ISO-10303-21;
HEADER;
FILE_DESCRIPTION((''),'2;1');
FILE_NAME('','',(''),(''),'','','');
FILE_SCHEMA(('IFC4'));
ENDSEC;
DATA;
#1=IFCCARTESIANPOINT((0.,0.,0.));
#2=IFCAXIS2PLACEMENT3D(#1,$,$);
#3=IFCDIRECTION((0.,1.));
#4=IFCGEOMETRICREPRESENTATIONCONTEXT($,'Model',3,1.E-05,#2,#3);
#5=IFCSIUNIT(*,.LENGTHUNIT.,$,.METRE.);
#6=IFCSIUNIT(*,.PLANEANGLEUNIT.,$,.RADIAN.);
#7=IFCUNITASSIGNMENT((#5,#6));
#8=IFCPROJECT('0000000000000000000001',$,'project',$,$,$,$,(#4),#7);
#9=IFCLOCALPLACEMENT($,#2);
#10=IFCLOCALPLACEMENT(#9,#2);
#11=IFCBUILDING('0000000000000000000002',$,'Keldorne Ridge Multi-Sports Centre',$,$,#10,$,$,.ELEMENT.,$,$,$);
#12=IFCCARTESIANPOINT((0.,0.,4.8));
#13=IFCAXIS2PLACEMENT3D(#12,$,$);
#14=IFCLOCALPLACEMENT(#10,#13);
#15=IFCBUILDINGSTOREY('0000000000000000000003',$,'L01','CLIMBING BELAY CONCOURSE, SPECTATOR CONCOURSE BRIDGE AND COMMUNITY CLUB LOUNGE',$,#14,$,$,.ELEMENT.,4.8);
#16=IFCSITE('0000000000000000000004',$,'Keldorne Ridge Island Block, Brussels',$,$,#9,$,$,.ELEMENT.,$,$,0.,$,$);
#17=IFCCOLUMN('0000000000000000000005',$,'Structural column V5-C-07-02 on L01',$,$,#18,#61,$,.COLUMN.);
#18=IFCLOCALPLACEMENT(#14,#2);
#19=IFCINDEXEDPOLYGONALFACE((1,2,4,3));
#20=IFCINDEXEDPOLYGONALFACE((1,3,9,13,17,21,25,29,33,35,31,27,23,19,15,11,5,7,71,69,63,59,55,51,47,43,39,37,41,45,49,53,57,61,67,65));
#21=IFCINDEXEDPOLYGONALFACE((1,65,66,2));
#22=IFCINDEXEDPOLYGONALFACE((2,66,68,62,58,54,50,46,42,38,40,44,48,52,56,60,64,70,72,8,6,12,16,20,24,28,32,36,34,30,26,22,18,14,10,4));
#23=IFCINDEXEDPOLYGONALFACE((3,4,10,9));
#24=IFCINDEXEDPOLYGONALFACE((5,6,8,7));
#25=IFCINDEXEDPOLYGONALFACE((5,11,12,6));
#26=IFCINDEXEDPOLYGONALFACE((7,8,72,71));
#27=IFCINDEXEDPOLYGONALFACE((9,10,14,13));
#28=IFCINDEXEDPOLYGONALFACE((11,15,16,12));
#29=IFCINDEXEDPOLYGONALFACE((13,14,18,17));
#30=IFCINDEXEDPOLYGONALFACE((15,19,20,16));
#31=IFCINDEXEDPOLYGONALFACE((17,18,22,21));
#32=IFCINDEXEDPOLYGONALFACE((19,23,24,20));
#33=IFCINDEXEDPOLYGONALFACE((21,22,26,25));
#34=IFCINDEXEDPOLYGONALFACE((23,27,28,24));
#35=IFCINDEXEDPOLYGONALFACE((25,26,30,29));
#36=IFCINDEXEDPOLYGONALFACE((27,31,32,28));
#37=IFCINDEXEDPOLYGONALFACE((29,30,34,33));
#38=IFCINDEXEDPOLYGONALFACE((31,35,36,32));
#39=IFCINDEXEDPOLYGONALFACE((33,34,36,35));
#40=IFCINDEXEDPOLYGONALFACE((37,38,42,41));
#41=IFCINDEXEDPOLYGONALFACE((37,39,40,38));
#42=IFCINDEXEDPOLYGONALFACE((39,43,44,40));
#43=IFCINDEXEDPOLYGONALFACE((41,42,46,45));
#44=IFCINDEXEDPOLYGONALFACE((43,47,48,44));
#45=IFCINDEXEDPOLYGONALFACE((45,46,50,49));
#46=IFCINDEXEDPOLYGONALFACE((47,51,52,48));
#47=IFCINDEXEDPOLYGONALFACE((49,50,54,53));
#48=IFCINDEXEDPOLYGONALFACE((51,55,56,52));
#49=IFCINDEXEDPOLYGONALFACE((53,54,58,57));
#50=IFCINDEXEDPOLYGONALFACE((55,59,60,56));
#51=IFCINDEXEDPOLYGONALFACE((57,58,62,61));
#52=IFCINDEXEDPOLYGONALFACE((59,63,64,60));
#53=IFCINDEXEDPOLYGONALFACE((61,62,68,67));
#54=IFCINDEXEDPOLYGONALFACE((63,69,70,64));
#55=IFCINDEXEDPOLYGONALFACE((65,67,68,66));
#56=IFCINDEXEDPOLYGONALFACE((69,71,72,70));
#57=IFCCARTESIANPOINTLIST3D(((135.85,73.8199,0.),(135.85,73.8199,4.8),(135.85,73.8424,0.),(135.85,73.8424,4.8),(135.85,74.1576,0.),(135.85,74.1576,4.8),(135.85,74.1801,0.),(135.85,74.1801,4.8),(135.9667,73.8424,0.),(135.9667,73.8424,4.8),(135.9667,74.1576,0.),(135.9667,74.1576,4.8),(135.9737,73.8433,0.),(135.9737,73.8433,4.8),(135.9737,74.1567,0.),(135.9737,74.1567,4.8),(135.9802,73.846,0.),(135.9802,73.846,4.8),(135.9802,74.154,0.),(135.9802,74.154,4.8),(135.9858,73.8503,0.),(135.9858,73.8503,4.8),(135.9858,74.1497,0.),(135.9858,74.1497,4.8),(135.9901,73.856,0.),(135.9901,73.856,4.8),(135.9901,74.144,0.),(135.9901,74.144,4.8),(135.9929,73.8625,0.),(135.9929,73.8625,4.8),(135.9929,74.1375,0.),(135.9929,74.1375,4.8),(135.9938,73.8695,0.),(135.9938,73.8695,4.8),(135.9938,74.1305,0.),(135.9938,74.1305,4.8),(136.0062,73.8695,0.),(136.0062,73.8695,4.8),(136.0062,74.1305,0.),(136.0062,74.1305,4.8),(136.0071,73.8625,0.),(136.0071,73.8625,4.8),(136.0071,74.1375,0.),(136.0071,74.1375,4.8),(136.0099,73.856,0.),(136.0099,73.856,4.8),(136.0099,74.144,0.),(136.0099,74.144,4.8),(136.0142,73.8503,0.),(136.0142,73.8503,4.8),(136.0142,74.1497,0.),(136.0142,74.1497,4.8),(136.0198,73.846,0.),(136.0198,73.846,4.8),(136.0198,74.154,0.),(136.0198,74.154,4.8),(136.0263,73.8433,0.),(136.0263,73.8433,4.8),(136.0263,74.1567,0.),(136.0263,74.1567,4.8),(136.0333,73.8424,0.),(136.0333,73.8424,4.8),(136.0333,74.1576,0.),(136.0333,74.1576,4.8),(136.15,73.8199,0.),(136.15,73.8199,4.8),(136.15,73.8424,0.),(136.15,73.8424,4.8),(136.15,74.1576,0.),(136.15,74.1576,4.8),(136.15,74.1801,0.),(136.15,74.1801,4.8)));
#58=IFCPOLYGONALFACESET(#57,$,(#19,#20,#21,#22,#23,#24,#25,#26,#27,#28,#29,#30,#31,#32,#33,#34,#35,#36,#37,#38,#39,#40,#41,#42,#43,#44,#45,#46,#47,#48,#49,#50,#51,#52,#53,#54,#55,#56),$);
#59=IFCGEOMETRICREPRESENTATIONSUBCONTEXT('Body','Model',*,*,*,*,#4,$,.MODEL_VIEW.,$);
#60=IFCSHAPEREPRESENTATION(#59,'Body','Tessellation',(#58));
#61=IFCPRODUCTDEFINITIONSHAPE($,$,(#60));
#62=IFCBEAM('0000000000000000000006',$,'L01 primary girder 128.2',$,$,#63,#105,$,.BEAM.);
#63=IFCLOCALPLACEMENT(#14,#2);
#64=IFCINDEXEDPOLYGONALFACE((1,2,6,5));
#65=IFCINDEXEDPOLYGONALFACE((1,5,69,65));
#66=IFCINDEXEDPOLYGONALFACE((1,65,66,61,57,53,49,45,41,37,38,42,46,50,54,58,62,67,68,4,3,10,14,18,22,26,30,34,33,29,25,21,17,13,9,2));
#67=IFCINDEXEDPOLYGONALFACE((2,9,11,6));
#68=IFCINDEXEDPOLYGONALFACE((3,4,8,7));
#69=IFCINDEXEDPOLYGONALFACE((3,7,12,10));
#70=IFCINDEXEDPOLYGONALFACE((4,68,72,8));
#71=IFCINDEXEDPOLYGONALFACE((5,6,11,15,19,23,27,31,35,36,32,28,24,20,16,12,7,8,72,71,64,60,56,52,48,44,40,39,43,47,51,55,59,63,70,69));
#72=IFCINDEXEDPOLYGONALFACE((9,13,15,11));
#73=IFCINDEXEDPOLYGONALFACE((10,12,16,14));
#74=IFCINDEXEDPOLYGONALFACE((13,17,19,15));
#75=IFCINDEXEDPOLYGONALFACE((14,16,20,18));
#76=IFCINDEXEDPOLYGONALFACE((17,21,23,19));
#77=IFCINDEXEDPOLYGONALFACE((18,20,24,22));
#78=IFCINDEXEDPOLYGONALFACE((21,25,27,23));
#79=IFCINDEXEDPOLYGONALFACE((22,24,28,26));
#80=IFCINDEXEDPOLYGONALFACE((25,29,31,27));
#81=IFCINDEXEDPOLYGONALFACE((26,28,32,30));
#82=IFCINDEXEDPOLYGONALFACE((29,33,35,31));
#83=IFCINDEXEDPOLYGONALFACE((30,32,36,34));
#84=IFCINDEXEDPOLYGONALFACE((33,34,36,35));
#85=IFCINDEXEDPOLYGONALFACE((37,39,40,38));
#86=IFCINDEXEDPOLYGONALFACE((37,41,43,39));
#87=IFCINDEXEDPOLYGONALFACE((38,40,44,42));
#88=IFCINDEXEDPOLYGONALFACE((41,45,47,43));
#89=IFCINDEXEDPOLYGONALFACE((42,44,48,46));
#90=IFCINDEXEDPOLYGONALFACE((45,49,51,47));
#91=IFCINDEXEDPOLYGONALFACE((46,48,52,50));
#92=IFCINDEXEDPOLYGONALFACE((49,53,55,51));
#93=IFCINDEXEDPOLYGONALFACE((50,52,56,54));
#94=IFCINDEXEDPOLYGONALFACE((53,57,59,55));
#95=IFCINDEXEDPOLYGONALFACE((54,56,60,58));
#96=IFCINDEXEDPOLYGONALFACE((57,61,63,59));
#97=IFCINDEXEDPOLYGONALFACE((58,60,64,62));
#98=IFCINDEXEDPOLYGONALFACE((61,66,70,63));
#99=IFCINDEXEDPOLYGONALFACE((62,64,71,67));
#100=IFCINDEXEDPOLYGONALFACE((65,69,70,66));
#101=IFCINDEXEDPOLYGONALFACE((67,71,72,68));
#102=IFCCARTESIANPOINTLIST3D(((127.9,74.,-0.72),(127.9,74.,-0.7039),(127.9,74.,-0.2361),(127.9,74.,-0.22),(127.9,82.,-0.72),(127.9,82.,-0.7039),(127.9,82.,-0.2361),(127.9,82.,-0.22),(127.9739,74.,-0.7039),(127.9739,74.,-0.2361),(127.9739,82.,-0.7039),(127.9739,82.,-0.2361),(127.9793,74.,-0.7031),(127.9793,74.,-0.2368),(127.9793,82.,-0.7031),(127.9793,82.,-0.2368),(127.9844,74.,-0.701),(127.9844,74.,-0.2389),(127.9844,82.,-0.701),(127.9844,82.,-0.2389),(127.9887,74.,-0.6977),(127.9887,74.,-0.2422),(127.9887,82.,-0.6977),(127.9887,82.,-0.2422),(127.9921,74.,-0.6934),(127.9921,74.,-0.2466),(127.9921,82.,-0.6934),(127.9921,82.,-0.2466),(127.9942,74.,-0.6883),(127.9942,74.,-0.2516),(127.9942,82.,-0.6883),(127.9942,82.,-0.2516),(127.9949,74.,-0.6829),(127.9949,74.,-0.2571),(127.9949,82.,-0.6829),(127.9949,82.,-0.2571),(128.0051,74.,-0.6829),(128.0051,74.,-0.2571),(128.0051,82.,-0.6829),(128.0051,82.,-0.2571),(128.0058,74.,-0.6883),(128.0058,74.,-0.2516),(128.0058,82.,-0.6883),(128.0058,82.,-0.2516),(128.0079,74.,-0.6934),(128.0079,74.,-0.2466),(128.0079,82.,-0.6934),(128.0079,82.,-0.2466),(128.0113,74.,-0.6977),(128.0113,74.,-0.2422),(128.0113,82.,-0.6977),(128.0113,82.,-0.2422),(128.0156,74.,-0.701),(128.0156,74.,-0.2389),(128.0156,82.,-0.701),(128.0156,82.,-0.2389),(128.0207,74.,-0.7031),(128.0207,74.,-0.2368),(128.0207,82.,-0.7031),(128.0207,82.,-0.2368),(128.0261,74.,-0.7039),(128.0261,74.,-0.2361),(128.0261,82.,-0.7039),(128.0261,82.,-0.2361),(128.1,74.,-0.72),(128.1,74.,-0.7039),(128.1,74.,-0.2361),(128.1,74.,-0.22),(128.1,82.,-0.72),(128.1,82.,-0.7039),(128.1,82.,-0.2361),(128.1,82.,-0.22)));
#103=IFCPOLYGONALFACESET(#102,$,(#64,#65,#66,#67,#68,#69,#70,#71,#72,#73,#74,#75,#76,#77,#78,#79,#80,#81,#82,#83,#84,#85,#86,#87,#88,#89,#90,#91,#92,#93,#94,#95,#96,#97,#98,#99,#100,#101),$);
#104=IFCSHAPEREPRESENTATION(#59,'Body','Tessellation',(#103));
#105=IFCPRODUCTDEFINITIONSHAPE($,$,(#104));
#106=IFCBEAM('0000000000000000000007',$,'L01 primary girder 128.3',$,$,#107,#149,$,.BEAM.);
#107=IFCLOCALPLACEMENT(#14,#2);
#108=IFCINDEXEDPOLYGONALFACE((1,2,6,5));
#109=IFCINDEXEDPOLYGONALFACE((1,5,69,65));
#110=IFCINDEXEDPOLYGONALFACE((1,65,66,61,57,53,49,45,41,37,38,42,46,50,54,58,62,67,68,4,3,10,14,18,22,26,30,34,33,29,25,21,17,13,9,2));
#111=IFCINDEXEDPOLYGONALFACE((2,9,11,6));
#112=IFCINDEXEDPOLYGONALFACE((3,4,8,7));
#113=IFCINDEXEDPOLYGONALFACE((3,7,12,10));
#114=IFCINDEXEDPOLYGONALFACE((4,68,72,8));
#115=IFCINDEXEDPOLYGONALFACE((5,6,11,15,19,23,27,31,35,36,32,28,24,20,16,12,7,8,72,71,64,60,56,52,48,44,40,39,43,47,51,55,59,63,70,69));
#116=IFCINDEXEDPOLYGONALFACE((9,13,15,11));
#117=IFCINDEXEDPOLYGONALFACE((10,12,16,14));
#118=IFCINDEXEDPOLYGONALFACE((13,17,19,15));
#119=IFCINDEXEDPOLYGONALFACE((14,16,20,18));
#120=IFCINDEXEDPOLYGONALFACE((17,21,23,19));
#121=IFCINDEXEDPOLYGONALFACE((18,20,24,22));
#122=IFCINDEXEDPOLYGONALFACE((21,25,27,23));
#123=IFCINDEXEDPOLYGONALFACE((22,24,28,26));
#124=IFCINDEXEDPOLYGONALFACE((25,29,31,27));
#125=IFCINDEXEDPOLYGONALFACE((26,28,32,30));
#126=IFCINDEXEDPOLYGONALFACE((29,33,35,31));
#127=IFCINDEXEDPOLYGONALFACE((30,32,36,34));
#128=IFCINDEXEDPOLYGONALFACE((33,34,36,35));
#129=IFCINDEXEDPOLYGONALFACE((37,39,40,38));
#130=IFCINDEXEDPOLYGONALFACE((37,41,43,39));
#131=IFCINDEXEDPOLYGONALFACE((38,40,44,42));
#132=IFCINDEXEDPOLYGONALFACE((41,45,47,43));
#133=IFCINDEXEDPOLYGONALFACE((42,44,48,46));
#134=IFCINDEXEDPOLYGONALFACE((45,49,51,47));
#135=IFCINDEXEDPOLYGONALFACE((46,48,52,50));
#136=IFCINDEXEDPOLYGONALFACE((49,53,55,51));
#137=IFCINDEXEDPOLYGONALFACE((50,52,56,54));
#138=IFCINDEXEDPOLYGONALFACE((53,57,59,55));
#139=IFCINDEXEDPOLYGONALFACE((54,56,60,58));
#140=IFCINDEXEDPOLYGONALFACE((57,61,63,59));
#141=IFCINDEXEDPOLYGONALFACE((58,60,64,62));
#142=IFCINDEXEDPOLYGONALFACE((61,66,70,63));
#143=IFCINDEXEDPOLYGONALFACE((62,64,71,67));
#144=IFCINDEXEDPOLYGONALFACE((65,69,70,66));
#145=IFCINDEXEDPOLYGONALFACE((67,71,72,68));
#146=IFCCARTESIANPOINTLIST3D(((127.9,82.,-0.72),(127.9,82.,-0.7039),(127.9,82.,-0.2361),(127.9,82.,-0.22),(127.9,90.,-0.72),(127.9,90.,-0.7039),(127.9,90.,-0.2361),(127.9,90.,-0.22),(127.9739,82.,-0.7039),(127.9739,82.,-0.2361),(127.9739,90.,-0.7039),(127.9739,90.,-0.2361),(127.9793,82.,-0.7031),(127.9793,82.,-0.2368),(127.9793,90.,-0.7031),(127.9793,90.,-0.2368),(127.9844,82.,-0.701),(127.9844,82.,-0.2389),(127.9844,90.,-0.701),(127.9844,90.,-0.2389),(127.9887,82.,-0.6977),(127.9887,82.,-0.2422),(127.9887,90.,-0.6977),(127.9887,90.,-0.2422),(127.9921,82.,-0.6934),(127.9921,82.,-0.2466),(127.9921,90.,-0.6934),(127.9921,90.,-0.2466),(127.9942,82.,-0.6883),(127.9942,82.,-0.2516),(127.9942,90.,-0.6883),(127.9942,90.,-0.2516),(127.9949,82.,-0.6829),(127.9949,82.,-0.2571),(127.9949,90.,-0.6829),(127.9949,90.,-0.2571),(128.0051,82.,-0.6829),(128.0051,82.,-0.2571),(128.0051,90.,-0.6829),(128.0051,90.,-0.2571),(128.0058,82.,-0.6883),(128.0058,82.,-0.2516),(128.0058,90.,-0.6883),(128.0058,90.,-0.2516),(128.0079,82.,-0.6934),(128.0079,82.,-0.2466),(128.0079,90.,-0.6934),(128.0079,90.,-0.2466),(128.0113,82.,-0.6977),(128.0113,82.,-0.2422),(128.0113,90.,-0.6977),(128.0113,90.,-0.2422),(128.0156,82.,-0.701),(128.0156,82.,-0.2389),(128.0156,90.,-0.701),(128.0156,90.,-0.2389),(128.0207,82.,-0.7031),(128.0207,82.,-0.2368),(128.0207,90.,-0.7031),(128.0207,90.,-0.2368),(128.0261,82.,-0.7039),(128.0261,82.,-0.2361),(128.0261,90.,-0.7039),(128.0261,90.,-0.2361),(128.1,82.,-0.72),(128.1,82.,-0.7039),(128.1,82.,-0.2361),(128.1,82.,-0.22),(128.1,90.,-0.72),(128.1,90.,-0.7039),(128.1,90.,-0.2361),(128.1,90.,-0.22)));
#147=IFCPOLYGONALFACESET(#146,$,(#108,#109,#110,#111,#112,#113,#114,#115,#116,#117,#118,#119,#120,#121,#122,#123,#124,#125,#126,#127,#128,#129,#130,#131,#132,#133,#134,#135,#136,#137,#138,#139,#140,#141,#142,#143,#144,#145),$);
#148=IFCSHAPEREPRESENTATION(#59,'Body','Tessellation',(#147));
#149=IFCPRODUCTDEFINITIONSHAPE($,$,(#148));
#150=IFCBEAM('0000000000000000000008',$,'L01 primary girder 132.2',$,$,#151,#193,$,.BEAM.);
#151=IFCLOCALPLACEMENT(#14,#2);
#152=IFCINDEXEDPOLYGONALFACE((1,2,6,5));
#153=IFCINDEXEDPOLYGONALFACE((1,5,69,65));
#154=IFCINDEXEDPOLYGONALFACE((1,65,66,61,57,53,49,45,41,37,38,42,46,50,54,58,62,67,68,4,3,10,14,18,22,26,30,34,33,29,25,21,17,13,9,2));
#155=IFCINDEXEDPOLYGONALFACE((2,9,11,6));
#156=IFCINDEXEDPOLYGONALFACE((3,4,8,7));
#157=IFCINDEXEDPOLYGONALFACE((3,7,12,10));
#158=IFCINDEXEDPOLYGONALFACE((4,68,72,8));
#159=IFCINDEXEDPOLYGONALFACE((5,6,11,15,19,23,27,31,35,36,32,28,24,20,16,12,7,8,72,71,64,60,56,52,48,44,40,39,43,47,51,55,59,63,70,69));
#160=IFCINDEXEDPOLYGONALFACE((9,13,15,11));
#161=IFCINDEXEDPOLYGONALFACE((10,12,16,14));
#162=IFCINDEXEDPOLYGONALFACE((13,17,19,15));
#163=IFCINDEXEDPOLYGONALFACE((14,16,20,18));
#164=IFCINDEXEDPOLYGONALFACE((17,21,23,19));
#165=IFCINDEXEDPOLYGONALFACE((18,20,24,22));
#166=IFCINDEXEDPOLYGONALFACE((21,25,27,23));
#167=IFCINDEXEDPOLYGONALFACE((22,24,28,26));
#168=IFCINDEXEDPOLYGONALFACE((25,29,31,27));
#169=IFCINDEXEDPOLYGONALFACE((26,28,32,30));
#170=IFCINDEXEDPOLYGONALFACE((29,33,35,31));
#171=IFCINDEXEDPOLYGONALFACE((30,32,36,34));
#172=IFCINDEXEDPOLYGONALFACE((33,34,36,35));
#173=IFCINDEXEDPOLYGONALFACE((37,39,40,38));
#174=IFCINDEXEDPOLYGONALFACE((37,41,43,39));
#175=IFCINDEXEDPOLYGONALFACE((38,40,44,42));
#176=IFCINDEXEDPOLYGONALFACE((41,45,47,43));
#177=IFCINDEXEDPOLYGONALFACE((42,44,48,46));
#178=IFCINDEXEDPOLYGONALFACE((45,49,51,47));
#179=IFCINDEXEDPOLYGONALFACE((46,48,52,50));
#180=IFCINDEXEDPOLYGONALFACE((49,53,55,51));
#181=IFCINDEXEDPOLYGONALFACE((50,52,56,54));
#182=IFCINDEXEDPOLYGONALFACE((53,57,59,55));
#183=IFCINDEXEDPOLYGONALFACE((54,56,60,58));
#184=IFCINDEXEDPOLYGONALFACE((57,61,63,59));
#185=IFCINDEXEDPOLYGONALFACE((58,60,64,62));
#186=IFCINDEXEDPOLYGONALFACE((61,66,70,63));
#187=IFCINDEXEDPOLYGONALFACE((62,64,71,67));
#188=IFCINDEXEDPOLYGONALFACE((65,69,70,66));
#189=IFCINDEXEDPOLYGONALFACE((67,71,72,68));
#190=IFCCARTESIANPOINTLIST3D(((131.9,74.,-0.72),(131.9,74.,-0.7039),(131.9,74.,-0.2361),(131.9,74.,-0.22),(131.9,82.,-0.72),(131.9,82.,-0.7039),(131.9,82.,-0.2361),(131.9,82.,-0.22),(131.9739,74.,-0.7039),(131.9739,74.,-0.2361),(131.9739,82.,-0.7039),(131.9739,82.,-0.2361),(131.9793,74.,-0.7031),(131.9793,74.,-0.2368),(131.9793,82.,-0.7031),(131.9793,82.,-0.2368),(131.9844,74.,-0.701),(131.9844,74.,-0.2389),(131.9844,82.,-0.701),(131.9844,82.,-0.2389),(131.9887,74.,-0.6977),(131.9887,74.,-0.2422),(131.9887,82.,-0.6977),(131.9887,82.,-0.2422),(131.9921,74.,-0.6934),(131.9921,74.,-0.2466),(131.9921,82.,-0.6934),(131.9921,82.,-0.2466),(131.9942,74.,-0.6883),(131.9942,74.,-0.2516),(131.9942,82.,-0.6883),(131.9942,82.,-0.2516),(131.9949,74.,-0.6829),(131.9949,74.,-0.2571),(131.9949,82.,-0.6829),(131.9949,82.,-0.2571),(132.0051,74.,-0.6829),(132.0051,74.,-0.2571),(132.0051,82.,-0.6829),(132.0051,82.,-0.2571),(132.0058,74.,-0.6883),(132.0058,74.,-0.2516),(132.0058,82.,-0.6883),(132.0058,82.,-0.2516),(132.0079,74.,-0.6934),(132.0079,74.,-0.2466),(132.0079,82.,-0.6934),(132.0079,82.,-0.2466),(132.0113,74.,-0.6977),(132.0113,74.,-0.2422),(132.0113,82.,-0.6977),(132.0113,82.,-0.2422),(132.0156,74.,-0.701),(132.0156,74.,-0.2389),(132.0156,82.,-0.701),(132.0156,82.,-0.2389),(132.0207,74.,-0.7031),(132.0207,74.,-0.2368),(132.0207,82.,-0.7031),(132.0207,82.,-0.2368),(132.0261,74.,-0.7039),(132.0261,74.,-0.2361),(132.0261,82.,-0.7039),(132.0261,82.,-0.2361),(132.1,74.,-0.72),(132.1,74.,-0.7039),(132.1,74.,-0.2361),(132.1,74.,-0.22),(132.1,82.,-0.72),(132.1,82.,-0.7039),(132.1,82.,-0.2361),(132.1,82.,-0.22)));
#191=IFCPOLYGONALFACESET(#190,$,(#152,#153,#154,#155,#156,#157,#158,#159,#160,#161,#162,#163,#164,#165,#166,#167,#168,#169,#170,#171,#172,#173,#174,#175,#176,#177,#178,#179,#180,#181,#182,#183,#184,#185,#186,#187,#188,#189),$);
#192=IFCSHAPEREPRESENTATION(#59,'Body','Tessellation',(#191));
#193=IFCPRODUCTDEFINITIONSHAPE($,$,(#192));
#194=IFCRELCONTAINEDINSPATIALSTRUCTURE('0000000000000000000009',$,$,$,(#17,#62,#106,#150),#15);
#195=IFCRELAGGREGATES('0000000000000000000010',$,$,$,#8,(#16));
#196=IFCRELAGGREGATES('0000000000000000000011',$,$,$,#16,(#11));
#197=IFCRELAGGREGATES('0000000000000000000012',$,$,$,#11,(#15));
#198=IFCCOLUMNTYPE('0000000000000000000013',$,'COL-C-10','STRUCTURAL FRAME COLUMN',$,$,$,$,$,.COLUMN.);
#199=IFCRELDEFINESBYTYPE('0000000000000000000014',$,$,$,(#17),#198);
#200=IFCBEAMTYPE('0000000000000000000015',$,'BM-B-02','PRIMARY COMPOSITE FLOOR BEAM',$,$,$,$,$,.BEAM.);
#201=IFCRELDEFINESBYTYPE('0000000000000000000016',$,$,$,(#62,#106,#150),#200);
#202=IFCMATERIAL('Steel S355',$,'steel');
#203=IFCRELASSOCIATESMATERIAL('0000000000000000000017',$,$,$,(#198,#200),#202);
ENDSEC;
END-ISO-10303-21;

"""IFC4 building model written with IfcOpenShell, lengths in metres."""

from ifc_helpers import new_model, si_unit, direction, frame, origin, origin_2d, place, context, subcontext, project, spatial, i_section, extrude, material, material_profile, profile_set, type_object, element, save


model = new_model("IFC4")

# Units and contexts
model_context = context("Model", 3, precision=1e-05, world=origin(), true_north=direction((0.0, 1.0)))
body_context = subcontext(model_context, "Body", "Model", "MODEL_VIEW")
ifc_project = project(units=[si_unit("LENGTHUNIT", "METRE"), si_unit("PLANEANGLEUNIT", "RADIAN")], contexts=[model_context])

# Site, building, storey
site_placement = place(None, origin())
site = spatial("IfcSite", under=ifc_project, at=site_placement, Name="Keldorne Ridge Island Block, Brussels", CompositionType="ELEMENT", RefElevation=0.0)
building_placement = place(site_placement, origin())
building = spatial("IfcBuilding", under=site, at=building_placement, Name="Keldorne Ridge Multi-Sports Centre", CompositionType="ELEMENT")
storey_placement = place(building_placement, frame((0.0, 0.0, 4.8)))
storey = spatial("IfcBuildingStorey", under=building, at=storey_placement, Name="L01", Description="CLIMBING BELAY CONCOURSE, SPECTATOR CONCOURSE BRIDGE AND COMMUNITY CLUB LOUNGE", CompositionType="ELEMENT", Elevation=4.8)

# Column
ifc_material_1 = material(Name="Steel S355", Category="steel")
ifc_material_profile_1 = material_profile(ifc_material_1, i_section(OverallWidth=0.3, OverallDepth=0.3601, WebThickness=0.0125, FlangeThickness=0.0225, FilletRadius=0.0271, at=origin_2d()), Name="HEB 360")
ifc_profile_set_1 = profile_set([ifc_material_profile_1], Name="Steel S355")
column_type = type_object("IfcColumnType", Name="COL-C-10", Description="STRUCTURAL FRAME COLUMN", PredefinedType="COLUMN", material=ifc_profile_set_1)
for number, where, z_axis, x_axis, name in (
    (1, (136.0, 74.0, 0.0), (0.0, 0.0, 1.0), (1.0, 0.0, 0.0), "Structural column V5-C-07-02 on L01"),
):
    element("IfcColumn", number, at=place(storey_placement, frame(where, z_axis=z_axis, x_axis=x_axis)), inside=storey, type_object=column_type, Name=name, PredefinedType="COLUMN", context=body_context, shape_type="SweptSolid", body=[
        extrude(i_section(OverallWidth=0.3, OverallDepth=0.3601, WebThickness=0.0125, FlangeThickness=0.0225, FilletRadius=0.0271, at=origin_2d()), origin(), (0.0, 0.0, 1.0), 4.8),
    ])

# Beams
ifc_material_profile_2 = material_profile(ifc_material_1, i_section(OverallWidth=0.2, OverallDepth=0.5, WebThickness=0.0103, FlangeThickness=0.0161, FilletRadius=0.021, at=origin_2d()), Name="IPE 500")
ifc_profile_set_2 = profile_set([ifc_material_profile_2], Name="Steel S355")
beam_type_1 = type_object("IfcBeamType", Name="BM-B-02", Description="PRIMARY COMPOSITE FLOOR BEAM", PredefinedType="BEAM", material=ifc_profile_set_2)
for number, where, z_axis, x_axis, name in (
    (2, (128.0, 74.0, -0.47), (0.0, 1.0, 0.0), (-1.0, 0.0, 0.0), "L01 primary girder 128.2"),
    (3, (128.0, 82.0, -0.47), (0.0, 1.0, 0.0), (-1.0, 0.0, 0.0), "L01 primary girder 128.3"),
    (4, (132.0, 74.0, -0.47), (0.0, 1.0, 0.0), (-1.0, 0.0, 0.0), "L01 primary girder 132.2"),
):
    element("IfcBeam", number, at=place(storey_placement, frame(where, z_axis=z_axis, x_axis=x_axis)), inside=storey, type_object=beam_type_1, Name=name, PredefinedType="BEAM", context=body_context, shape_type="SweptSolid", body=[
        extrude(i_section(OverallWidth=0.2, OverallDepth=0.5, WebThickness=0.0103, FlangeThickness=0.0161, FilletRadius=0.021, at=origin_2d()), origin(), (0.0, 0.0, 1.0), 8.0),
    ])

save(model, "model.ifc")
